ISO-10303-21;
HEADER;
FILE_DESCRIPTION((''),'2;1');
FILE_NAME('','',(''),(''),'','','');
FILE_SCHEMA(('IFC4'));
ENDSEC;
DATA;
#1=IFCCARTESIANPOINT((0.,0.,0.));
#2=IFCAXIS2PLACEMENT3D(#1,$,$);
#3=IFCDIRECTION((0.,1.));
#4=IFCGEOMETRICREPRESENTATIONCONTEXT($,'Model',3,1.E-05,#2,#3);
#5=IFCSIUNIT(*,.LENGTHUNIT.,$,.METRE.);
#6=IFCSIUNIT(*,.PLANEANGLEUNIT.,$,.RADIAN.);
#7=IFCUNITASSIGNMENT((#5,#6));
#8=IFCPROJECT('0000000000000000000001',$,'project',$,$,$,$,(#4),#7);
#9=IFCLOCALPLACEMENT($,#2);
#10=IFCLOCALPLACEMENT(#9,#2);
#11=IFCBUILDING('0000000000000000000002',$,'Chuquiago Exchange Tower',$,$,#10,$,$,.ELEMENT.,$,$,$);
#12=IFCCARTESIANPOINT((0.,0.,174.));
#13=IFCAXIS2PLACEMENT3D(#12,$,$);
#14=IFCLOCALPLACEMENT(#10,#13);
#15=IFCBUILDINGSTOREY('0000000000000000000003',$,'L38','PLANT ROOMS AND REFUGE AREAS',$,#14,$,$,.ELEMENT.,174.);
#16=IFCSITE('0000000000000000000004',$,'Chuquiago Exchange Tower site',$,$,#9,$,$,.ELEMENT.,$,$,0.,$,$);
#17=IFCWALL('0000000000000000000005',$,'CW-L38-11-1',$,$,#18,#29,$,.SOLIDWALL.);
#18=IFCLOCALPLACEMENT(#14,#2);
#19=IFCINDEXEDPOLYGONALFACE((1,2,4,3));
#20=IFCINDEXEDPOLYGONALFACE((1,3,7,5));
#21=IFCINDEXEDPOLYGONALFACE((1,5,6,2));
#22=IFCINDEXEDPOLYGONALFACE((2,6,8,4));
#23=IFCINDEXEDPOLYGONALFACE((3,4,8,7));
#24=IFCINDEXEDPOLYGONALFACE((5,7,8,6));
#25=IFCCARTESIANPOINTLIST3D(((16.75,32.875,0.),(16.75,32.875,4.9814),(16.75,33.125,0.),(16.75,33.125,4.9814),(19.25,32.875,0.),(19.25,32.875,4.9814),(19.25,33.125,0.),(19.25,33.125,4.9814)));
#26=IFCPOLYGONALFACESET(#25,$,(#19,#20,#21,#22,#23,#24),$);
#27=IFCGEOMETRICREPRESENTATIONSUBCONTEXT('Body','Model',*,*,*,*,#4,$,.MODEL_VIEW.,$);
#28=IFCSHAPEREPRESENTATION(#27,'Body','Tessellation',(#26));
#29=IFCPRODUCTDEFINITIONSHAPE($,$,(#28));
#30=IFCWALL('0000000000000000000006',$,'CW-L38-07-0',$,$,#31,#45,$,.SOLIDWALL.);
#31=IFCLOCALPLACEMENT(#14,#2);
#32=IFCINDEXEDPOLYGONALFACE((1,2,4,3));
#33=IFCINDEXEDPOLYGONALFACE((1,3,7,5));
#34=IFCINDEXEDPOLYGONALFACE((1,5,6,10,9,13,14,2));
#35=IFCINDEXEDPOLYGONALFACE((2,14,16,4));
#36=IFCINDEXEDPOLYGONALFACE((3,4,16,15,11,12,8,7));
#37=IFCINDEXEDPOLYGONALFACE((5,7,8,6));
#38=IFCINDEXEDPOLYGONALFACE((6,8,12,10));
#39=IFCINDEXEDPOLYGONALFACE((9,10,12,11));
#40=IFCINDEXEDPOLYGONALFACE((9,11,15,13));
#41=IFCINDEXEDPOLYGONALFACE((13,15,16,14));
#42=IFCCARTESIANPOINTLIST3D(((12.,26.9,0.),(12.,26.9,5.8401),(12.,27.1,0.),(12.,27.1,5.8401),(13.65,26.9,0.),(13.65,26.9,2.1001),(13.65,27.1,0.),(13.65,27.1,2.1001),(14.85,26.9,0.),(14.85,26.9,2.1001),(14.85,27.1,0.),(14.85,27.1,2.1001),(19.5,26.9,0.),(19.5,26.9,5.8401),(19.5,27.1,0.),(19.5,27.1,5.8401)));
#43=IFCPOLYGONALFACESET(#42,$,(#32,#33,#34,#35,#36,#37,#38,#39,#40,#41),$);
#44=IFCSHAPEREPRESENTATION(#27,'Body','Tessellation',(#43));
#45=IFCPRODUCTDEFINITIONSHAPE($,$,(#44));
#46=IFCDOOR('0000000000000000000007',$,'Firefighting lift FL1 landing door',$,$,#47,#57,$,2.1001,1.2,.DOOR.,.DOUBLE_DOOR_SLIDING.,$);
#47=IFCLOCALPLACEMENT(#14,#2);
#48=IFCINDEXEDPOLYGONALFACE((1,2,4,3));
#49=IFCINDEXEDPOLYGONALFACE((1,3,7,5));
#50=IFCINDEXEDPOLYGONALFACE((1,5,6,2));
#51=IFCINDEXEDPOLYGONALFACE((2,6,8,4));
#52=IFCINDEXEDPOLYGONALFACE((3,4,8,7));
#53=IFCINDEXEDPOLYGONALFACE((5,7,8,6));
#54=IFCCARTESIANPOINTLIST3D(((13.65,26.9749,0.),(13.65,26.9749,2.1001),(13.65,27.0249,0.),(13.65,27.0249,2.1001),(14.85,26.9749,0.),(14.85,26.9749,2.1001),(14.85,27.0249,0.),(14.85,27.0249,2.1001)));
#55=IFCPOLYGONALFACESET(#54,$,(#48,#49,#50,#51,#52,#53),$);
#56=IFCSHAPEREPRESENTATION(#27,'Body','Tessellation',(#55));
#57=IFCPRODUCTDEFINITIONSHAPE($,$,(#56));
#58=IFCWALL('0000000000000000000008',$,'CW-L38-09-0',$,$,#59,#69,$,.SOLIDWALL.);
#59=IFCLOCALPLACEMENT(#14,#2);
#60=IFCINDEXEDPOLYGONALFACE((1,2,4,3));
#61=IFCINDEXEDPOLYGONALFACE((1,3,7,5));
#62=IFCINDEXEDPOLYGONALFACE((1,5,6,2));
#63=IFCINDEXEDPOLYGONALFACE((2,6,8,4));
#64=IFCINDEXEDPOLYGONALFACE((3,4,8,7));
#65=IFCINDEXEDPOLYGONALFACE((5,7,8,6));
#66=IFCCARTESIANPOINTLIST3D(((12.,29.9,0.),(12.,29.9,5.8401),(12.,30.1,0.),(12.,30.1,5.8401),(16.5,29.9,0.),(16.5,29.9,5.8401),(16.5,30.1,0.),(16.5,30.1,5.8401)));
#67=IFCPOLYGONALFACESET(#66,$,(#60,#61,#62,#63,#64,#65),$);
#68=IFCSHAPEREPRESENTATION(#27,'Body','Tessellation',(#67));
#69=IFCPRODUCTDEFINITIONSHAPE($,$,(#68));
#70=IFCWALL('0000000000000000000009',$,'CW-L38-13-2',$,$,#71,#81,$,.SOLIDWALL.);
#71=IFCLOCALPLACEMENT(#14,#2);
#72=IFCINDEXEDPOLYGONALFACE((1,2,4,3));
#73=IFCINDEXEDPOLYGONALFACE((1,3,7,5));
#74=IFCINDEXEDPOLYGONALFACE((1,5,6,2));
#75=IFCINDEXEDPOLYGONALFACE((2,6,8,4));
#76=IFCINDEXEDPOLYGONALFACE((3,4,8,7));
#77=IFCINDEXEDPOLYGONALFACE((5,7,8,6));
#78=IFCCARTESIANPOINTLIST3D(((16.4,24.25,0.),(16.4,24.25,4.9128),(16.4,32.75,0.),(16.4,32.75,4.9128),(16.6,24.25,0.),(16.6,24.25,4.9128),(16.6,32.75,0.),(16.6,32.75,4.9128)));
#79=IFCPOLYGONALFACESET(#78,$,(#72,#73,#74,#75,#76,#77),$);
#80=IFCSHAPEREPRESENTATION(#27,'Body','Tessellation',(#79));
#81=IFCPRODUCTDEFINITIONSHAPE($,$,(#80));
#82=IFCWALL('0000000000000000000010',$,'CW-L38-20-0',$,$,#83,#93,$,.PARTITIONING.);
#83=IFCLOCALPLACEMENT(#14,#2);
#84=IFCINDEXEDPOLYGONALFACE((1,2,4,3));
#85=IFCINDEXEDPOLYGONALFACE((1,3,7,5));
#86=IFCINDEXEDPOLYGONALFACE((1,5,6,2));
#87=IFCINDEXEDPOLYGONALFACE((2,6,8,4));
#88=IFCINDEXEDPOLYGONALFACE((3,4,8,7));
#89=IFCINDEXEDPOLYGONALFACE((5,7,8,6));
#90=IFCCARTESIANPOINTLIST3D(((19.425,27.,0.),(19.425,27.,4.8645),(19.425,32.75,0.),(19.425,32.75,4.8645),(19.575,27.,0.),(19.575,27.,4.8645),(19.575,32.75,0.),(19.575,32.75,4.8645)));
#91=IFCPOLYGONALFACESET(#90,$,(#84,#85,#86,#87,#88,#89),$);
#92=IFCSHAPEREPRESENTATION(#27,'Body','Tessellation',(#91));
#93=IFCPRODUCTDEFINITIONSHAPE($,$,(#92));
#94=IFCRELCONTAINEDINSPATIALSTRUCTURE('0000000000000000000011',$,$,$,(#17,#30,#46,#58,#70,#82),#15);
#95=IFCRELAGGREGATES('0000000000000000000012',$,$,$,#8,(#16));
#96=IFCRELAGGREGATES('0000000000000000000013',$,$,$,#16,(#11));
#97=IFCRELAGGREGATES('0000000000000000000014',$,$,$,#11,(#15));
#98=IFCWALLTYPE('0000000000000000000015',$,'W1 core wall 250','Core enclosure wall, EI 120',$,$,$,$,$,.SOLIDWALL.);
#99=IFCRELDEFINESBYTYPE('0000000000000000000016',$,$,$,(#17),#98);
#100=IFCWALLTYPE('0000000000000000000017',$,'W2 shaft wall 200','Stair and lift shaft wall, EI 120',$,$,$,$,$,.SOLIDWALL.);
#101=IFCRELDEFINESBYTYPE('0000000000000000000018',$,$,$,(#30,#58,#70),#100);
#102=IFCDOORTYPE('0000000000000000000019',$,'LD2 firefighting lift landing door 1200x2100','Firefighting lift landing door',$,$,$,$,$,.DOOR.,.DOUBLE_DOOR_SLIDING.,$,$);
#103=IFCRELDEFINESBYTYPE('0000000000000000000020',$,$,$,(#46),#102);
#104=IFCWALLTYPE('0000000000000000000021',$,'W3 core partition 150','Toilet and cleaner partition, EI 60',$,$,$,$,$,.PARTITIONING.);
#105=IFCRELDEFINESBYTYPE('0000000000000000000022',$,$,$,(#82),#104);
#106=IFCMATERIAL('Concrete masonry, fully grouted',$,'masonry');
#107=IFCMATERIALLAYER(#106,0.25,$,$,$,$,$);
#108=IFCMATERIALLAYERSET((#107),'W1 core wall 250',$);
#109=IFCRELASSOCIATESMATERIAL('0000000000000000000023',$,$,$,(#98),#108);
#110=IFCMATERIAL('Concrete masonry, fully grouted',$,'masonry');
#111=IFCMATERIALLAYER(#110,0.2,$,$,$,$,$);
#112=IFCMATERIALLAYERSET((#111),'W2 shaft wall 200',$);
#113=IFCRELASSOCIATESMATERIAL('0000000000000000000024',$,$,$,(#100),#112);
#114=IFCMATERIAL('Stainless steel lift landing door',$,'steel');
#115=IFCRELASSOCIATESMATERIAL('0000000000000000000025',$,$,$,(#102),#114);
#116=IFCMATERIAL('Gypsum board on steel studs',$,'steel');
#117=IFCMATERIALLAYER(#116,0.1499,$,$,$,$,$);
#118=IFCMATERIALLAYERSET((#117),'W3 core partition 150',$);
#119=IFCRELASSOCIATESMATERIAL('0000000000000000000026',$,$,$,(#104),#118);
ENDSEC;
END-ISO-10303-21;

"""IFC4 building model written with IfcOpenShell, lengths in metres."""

from ifc_helpers import new_model, si_unit, direction, frame, frame_2d, origin, place, context, subcontext, project, spatial, rectangle, extrude, material, layer, layer_set, type_object, element, fill, save


model = new_model("IFC4")

# Units and contexts
model_context = context("Model", 3, precision=1e-05, world=origin(), true_north=direction((0.0, 1.0)))
body_context = subcontext(model_context, "Body", "Model", "MODEL_VIEW")
ifc_project = project(units=[si_unit("LENGTHUNIT", "METRE"), si_unit("PLANEANGLEUNIT", "RADIAN")], contexts=[model_context])

# Site, building, storey
site_placement = place(None, origin())
site = spatial("IfcSite", under=ifc_project, at=site_placement, Name="Chuquiago Exchange Tower site", CompositionType="ELEMENT", RefElevation=0.0)
building_placement = place(site_placement, origin())
building = spatial("IfcBuilding", under=site, at=building_placement, Name="Chuquiago Exchange Tower", CompositionType="ELEMENT")
storey_placement = place(building_placement, frame((0.0, 0.0, 174.0)))
storey = spatial("IfcBuildingStorey", under=building, at=storey_placement, Name="L38", Description="PLANT ROOMS AND REFUGE AREAS", CompositionType="ELEMENT", Elevation=174.0)

# Shared definitions
ifc_material_1 = material(Name="Concrete masonry, fully grouted", Category="masonry")
ifc_layer_1 = layer(ifc_material_1, 0.25)
ifc_layer_set_1 = layer_set([ifc_layer_1], Name="W1 core wall 250")
wall_type_1 = type_object("IfcWallType", Name="W1 core wall 250", Description="Core enclosure wall, EI 120", PredefinedType="SOLIDWALL", material=ifc_layer_set_1)

# Wall
wall_1_placement = place(storey_placement, frame((16.75, 33.0, 0.0), z_axis=(0.0, 0.0, 1.0), x_axis=(1.0, 0.0, 0.0)))
element("IfcWall", 1, at=wall_1_placement, inside=storey, type_object=wall_type_1, Name="CW-L38-11-1", PredefinedType="SOLIDWALL", context=body_context, shape_type="SweptSolid", body=[
    extrude(rectangle(XDim=2.5, YDim=0.25, at=frame_2d((1.25, 0.0))), origin(), (0.0, 0.0, 1.0), 4.9814),
])

# Wall, opening, door
ifc_material_2 = material(Name="Concrete masonry, fully grouted", Category="masonry")
ifc_layer_2 = layer(ifc_material_2, 0.2)
ifc_layer_set_2 = layer_set([ifc_layer_2], Name="W2 shaft wall 200")
wall_type_2 = type_object("IfcWallType", Name="W2 shaft wall 200", Description="Stair and lift shaft wall, EI 120", PredefinedType="SOLIDWALL", material=ifc_layer_set_2)
wall_2_placement = place(storey_placement, frame((12.0, 27.0, 0.0), z_axis=(0.0, 0.0, 1.0), x_axis=(1.0, 0.0, 0.0)))
wall_2 = element("IfcWall", 2, at=wall_2_placement, inside=storey, type_object=wall_type_2, Name="CW-L38-07-0", PredefinedType="SOLIDWALL", context=body_context, shape_type="SweptSolid", body=[
    extrude(rectangle(XDim=7.5, YDim=0.2, at=frame_2d((3.75, 0.0))), origin(), (0.0, 0.0, 1.0), 5.8401),
])
opening_1_placement = place(wall_2_placement, frame((1.6499, 0.0, 0.0)))
opening_1 = element("IfcOpeningElement", 3, at=opening_1_placement, cuts=wall_2, PredefinedType="OPENING", context=body_context, shape_type="SweptSolid", body=[
    extrude(rectangle(XDim=1.2, YDim=2.1001, at=frame_2d((0.6001, 1.05))), frame((0.0, 0.1099, 0.0), z_axis=(0.0, -1.0, 0.0), x_axis=(1.0, 0.0, 0.0)), (0.0, 0.0, 1.0), 0.22),
])
ifc_material_3 = material(Name="Stainless steel lift landing door", Category="steel")
door_type_1 = type_object("IfcDoorType", Name="LD2 firefighting lift landing door 1200x2100", Description="Firefighting lift landing door", OperationType="DOUBLE_DOOR_SLIDING", PredefinedType="DOOR", material=ifc_material_3)
door_1_placement = place(opening_1_placement, origin())
door_1 = element("IfcDoor", 4, at=door_1_placement, inside=storey, type_object=door_type_1, Name="Firefighting lift FL1 landing door", OperationType="DOUBLE_DOOR_SLIDING", OverallHeight=2.1001, OverallWidth=1.2, PredefinedType="DOOR", context=body_context, shape_type="SweptSolid", body=[
    extrude(rectangle(XDim=1.2, YDim=2.1001, at=frame_2d((0.6001, 1.05))), frame((0.0, 0.0249, 0.0), z_axis=(0.0, -1.0, 0.0), x_axis=(1.0, 0.0, 0.0)), (0.0, 0.0, 1.0), 0.05),
])
fill(opening_1, door_1)

# Walls
wall_3_placement = place(storey_placement, frame((12.0, 30.0, 0.0), z_axis=(0.0, 0.0, 1.0), x_axis=(1.0, 0.0, 0.0)))
element("IfcWall", 5, at=wall_3_placement, inside=storey, type_object=wall_type_2, Name="CW-L38-09-0", PredefinedType="SOLIDWALL", context=body_context, shape_type="SweptSolid", body=[
    extrude(rectangle(XDim=4.5, YDim=0.2, at=frame_2d((2.25, 0.0))), origin(), (0.0, 0.0, 1.0), 5.8401),
])
wall_4_placement = place(storey_placement, frame((16.5, 24.25, 0.0), z_axis=(0.0, 0.0, 1.0), x_axis=(0.0, 1.0, 0.0)))
element("IfcWall", 6, at=wall_4_placement, inside=storey, type_object=wall_type_2, Name="CW-L38-13-2", PredefinedType="SOLIDWALL", context=body_context, shape_type="SweptSolid", body=[
    extrude(rectangle(XDim=8.5, YDim=0.2, at=frame_2d((4.25, 0.0))), origin(), (0.0, 0.0, 1.0), 4.9128),
])
ifc_material_4 = material(Name="Gypsum board on steel studs", Category="steel")
ifc_layer_3 = layer(ifc_material_4, 0.1499)
ifc_layer_set_3 = layer_set([ifc_layer_3], Name="W3 core partition 150")
wall_type_3 = type_object("IfcWallType", Name="W3 core partition 150", Description="Toilet and cleaner partition, EI 60", PredefinedType="PARTITIONING", material=ifc_layer_set_3)
wall_5_placement = place(storey_placement, frame((19.5, 27.0, 0.0), z_axis=(0.0, 0.0, 1.0), x_axis=(0.0, 1.0, 0.0)))
element("IfcWall", 7, at=wall_5_placement, inside=storey, type_object=wall_type_3, Name="CW-L38-20-0", PredefinedType="PARTITIONING", context=body_context, shape_type="SweptSolid", body=[
    extrude(rectangle(XDim=5.75, YDim=0.1499, at=frame_2d((2.875, 0.0))), origin(), (0.0, 0.0, 1.0), 4.8645),
])

save(model, "model.ifc")
